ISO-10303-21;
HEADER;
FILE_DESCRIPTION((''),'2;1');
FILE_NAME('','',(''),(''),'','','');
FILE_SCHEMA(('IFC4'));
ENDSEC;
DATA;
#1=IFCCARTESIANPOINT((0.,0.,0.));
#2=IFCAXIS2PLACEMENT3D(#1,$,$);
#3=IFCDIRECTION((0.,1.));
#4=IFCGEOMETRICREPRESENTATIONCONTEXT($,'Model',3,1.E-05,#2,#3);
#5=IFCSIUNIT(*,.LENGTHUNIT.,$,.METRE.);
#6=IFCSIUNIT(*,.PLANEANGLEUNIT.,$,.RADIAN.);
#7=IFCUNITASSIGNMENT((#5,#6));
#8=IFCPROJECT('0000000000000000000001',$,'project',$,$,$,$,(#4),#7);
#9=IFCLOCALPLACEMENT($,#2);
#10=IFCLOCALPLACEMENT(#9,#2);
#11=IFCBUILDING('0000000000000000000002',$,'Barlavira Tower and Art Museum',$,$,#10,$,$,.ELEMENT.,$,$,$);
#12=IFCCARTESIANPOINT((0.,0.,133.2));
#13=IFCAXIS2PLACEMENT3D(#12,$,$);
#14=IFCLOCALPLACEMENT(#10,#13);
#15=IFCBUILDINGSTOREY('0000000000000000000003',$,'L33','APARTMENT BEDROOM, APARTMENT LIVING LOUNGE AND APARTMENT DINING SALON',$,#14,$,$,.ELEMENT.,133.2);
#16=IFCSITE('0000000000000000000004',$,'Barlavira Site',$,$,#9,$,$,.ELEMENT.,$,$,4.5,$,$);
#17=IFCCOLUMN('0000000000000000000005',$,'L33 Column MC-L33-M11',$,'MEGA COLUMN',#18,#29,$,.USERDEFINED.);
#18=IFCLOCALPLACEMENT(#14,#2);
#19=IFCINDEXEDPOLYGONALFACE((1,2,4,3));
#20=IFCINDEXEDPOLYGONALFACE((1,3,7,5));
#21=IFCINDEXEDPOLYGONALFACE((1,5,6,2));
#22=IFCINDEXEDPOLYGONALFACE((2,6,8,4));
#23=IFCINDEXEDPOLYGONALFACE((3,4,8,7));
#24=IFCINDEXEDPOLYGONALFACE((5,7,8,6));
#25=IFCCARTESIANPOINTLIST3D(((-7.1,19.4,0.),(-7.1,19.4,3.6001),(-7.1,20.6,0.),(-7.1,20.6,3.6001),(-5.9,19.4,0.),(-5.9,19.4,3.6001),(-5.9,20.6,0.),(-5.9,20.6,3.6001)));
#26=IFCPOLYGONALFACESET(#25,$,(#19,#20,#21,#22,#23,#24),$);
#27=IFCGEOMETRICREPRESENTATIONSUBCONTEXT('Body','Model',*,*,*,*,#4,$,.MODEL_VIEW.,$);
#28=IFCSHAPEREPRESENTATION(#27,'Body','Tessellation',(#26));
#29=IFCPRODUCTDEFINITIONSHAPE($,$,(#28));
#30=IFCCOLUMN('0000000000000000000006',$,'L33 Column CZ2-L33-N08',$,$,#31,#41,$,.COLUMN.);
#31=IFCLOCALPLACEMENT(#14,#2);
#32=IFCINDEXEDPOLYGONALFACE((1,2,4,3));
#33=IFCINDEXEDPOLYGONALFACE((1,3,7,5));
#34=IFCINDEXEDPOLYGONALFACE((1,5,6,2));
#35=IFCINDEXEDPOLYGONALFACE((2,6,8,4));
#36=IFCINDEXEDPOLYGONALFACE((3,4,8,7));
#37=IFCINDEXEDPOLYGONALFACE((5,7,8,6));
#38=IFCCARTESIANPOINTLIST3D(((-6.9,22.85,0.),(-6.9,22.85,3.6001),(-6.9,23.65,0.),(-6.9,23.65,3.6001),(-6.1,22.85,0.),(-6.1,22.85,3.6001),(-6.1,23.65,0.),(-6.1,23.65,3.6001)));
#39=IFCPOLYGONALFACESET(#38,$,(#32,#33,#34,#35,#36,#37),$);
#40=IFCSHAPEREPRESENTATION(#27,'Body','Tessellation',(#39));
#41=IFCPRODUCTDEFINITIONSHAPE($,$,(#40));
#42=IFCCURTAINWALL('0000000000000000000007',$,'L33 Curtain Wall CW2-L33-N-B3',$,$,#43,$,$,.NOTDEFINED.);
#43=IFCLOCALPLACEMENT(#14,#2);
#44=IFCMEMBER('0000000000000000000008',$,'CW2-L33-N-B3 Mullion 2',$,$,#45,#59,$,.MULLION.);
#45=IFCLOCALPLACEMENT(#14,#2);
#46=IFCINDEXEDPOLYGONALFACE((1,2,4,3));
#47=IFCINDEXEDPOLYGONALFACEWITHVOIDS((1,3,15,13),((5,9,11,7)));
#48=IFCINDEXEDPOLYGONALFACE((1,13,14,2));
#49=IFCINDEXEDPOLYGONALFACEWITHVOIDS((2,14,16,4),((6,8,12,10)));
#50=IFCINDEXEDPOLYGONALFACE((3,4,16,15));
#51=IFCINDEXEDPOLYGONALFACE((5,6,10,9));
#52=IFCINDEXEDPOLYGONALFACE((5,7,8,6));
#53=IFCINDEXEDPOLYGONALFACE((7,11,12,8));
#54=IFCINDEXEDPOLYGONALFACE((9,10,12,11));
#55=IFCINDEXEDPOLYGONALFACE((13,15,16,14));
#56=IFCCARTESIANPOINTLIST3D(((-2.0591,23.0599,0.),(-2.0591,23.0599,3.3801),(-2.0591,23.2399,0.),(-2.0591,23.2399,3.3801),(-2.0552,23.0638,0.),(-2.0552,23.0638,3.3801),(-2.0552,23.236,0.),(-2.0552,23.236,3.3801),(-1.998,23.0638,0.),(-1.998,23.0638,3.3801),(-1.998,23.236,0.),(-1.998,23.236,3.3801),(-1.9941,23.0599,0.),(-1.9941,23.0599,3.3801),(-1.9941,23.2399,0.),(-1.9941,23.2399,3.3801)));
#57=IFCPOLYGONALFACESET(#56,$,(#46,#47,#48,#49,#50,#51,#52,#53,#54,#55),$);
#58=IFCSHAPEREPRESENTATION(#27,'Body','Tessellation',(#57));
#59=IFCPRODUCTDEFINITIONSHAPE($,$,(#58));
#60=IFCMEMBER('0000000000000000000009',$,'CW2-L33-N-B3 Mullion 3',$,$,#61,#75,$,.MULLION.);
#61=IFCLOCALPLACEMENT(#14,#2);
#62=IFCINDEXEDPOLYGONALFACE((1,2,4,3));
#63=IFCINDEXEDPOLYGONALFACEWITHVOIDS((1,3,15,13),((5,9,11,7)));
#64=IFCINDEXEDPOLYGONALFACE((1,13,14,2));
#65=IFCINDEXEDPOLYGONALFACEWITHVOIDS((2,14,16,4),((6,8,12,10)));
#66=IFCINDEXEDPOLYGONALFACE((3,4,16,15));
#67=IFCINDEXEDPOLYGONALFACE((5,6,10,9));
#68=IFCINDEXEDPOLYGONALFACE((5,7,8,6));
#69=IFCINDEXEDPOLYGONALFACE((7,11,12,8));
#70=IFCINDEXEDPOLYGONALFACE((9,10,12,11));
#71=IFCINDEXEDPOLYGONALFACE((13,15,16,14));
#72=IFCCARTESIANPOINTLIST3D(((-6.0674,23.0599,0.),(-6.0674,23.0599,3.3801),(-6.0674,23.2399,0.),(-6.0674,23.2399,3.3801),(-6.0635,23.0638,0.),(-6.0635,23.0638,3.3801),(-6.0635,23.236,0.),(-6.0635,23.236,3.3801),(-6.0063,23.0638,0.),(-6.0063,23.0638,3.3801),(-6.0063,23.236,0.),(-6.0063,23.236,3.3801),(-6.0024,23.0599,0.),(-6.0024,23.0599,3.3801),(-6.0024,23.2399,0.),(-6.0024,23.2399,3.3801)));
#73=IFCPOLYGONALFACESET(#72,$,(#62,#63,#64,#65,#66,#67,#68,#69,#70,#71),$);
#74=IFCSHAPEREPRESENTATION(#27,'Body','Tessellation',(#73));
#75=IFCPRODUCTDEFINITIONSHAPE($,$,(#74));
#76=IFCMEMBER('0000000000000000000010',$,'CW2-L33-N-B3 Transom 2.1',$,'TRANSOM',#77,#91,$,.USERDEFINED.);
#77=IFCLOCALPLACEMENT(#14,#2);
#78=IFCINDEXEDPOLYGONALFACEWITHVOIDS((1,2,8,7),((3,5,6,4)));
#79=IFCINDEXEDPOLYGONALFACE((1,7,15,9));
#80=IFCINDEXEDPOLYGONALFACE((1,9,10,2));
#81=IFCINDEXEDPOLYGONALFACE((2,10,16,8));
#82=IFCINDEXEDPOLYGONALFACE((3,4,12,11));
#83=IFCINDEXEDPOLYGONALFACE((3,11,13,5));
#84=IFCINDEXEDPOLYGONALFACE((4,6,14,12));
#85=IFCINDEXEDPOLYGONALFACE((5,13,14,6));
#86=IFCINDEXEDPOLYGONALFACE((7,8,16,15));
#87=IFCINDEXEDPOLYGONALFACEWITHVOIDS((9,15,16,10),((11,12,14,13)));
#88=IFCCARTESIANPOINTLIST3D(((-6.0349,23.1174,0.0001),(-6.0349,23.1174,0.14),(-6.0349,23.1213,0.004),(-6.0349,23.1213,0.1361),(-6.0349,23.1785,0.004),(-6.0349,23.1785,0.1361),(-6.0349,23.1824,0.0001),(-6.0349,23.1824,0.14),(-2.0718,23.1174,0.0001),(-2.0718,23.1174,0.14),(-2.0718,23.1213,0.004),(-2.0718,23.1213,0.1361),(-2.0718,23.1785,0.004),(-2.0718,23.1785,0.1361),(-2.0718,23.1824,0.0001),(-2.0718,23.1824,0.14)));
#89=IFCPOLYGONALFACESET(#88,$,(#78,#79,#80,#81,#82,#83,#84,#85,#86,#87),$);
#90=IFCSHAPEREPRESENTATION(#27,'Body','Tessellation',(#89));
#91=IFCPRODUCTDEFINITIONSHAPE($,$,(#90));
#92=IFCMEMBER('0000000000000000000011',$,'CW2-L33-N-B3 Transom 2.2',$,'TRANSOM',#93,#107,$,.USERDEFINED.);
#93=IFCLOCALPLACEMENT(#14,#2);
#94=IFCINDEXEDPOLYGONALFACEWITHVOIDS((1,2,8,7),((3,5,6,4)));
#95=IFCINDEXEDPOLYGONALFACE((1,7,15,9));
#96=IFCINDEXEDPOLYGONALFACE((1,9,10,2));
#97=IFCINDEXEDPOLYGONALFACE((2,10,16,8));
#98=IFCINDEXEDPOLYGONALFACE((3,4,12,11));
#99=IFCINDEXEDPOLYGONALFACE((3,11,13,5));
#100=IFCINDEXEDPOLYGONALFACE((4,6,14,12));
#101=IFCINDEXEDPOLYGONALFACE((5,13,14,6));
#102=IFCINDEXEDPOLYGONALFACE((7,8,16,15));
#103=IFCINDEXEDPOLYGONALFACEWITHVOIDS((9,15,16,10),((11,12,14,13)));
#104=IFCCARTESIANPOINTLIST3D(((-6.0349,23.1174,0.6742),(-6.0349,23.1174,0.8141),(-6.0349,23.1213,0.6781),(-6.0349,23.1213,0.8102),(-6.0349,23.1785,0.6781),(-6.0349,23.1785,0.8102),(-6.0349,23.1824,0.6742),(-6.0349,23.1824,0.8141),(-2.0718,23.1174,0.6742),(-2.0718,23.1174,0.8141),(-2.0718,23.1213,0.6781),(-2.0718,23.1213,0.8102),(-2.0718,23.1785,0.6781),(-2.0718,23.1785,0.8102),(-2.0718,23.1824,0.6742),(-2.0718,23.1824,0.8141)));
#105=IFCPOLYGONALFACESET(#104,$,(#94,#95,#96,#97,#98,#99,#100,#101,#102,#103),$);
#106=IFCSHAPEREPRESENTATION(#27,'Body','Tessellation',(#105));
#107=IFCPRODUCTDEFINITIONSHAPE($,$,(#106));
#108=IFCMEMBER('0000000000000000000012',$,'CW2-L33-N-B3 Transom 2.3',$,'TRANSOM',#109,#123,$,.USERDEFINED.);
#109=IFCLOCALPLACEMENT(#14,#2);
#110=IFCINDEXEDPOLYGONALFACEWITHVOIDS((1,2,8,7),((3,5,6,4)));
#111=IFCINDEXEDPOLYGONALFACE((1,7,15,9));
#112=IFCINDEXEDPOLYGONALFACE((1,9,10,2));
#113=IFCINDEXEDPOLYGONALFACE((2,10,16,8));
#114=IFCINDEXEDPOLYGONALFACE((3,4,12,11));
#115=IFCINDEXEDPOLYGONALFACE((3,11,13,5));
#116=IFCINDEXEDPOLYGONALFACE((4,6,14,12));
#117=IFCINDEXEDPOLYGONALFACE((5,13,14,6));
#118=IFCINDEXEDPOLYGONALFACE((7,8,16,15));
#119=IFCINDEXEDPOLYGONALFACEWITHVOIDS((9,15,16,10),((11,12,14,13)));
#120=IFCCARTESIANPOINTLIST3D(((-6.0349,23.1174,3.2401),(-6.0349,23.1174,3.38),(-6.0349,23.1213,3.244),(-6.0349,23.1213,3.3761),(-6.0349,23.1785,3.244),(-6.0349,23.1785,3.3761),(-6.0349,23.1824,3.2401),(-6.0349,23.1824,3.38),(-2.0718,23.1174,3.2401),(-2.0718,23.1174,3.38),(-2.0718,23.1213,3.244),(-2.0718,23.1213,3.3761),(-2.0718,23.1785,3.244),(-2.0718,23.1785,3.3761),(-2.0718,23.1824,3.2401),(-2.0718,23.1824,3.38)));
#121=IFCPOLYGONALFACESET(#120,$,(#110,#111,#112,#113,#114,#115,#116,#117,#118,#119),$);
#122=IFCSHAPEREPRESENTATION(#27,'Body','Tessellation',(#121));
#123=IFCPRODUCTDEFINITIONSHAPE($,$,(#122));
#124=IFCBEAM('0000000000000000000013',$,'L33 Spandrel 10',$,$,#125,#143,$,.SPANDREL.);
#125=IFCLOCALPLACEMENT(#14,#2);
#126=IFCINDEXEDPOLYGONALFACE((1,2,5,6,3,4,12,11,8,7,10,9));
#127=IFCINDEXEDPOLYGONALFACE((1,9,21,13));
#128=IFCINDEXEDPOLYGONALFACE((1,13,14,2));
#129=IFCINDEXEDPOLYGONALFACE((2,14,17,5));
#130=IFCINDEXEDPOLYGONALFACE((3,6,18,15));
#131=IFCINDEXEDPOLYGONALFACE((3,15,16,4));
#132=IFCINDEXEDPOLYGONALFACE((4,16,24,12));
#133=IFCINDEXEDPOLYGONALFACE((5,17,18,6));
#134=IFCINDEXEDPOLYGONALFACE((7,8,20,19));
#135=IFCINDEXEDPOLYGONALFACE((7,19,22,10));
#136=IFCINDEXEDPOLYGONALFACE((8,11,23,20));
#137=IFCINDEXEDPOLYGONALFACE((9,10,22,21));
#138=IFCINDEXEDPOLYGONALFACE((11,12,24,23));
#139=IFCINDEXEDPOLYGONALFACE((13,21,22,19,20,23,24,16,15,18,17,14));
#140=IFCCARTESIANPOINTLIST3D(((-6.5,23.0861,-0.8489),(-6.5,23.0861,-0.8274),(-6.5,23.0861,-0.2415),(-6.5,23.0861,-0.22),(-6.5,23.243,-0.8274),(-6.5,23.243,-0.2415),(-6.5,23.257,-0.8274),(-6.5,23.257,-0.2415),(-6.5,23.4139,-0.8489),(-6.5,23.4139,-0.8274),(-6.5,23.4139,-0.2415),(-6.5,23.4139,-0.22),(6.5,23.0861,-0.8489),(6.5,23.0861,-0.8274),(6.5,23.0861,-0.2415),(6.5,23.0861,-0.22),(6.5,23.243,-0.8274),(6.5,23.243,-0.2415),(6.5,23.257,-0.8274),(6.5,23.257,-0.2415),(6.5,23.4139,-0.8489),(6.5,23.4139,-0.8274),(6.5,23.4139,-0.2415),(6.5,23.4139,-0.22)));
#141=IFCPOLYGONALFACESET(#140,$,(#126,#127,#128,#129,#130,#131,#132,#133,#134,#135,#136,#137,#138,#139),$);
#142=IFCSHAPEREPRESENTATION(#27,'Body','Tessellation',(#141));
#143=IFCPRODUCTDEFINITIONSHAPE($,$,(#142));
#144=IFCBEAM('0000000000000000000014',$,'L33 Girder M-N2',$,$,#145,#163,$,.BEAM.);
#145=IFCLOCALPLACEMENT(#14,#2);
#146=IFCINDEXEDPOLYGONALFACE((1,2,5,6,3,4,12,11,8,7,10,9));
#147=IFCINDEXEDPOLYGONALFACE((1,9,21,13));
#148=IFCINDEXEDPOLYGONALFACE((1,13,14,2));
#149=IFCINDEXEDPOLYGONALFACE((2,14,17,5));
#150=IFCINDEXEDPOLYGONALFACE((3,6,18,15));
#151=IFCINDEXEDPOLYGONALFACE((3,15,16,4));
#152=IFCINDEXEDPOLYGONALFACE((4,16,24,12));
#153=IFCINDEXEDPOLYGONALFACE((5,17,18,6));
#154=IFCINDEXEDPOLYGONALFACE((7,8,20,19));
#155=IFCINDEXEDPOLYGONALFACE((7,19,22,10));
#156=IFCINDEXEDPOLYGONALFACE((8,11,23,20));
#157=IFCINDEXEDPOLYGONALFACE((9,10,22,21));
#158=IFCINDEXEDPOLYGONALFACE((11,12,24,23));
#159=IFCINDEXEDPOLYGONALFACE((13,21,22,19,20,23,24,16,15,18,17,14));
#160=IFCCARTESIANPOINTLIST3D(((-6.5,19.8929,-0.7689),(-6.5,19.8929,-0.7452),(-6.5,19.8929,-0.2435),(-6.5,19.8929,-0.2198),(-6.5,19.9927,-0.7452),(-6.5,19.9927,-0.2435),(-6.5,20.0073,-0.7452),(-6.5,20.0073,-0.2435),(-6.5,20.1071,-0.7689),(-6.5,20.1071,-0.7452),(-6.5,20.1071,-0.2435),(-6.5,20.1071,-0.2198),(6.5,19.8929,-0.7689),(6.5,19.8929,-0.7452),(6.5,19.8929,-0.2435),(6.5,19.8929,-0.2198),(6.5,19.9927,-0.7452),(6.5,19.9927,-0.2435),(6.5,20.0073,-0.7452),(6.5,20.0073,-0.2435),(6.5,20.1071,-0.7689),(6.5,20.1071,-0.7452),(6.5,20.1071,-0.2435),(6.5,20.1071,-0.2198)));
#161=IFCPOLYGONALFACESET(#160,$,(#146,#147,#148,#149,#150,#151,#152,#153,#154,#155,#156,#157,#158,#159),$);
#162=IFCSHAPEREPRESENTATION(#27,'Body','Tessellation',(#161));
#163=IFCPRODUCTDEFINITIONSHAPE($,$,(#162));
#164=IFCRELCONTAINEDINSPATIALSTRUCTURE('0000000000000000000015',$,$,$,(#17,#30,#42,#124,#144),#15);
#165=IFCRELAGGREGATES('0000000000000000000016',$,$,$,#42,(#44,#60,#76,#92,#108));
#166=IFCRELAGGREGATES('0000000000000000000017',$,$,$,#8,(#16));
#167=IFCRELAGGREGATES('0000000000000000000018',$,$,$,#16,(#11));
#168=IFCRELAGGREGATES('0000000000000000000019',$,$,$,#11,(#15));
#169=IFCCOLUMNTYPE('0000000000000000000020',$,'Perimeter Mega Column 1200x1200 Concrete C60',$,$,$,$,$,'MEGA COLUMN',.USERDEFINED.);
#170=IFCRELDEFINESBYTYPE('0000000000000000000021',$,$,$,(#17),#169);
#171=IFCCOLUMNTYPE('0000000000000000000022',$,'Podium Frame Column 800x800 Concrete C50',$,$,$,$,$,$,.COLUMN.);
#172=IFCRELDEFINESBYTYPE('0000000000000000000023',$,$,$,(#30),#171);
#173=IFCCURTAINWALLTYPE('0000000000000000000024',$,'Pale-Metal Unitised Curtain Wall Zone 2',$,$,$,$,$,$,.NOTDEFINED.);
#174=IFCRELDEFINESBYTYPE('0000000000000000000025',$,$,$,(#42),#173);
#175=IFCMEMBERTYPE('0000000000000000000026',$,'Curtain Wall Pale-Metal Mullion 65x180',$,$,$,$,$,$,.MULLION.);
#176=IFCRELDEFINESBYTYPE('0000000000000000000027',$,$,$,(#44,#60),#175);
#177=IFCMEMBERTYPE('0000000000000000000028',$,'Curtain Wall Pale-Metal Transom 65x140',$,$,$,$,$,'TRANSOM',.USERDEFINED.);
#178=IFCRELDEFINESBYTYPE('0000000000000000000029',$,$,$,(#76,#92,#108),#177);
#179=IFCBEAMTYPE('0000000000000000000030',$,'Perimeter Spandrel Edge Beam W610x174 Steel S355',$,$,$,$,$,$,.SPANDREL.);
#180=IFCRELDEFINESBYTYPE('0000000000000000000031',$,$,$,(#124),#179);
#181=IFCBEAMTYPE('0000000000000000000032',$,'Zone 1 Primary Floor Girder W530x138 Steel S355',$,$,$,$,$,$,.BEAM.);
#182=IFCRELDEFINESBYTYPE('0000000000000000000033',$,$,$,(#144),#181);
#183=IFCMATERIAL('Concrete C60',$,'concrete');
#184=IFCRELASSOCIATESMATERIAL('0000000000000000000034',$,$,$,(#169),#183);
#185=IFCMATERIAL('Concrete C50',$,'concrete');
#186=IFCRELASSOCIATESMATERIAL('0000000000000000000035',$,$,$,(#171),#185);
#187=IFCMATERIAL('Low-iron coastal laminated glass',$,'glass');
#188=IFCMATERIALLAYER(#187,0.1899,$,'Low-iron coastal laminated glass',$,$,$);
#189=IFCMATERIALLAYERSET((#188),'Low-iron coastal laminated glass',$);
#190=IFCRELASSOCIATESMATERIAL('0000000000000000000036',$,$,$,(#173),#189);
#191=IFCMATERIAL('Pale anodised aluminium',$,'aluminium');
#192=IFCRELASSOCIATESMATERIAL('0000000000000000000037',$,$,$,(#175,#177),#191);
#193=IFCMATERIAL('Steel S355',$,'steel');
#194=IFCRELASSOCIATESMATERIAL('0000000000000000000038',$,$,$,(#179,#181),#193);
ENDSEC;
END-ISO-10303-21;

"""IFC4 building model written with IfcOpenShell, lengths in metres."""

from ifc_helpers import new_model, si_unit, direction, frame, origin, origin_2d, place, context, subcontext, project, spatial, rectangle, hollow_rectangle, i_section, extrude, material, layer, layer_set, material_profile, profile_set, type_object, element, aggregate, save


model = new_model("IFC4")

# Units and contexts
model_context = context("Model", 3, precision=1e-05, world=origin(), true_north=direction((0.0, 1.0)))
body_context = subcontext(model_context, "Body", "Model", "MODEL_VIEW")
ifc_project = project(units=[si_unit("LENGTHUNIT", "METRE"), si_unit("PLANEANGLEUNIT", "RADIAN")], contexts=[model_context])

# Site, building, storey
site_placement = place(None, origin())
site = spatial("IfcSite", under=ifc_project, at=site_placement, Name="Barlavira Site", CompositionType="ELEMENT", RefElevation=4.5)
building_placement = place(site_placement, origin())
building = spatial("IfcBuilding", under=site, at=building_placement, Name="Barlavira Tower and Art Museum", CompositionType="ELEMENT")
storey_placement = place(building_placement, frame((0.0, 0.0, 133.2)))
storey = spatial("IfcBuildingStorey", under=building, at=storey_placement, Name="L33", Description="APARTMENT BEDROOM, APARTMENT LIVING LOUNGE AND APARTMENT DINING SALON", CompositionType="ELEMENT", Elevation=133.2)

# Columns
ifc_material_1 = material(Name="Concrete C60", Category="concrete")
ifc_material_profile_1 = material_profile(ifc_material_1, rectangle(XDim=1.2, YDim=1.2, at=origin_2d()), Name="RC-COL 1200x1200")
ifc_profile_set_1 = profile_set([ifc_material_profile_1], Name="Concrete C60")
column_type_1 = type_object("IfcColumnType", Name="Perimeter Mega Column 1200x1200 Concrete C60", ElementType="MEGA COLUMN", PredefinedType="USERDEFINED", material=ifc_profile_set_1)
column_1_placement = place(storey_placement, frame((-6.5, 20.0, 0.0), z_axis=(0.0, 0.0, 1.0), x_axis=(1.0, 0.0, 0.0)))
element("IfcColumn", 1, at=column_1_placement, inside=storey, type_object=column_type_1, Name="L33 Column MC-L33-M11", ObjectType="MEGA COLUMN", PredefinedType="USERDEFINED", context=body_context, shape_type="SweptSolid", body=[
    extrude(rectangle(XDim=1.2, YDim=1.2, at=origin_2d()), origin(), (0.0, 0.0, 1.0), 3.6001),
])
ifc_material_2 = material(Name="Concrete C50", Category="concrete")
ifc_material_profile_2 = material_profile(ifc_material_2, rectangle(XDim=0.8, YDim=0.8, at=origin_2d()), Name="RC-COL 800x800")
ifc_profile_set_2 = profile_set([ifc_material_profile_2], Name="Concrete C50")
column_type_2 = type_object("IfcColumnType", Name="Podium Frame Column 800x800 Concrete C50", PredefinedType="COLUMN", material=ifc_profile_set_2)
column_2_placement = place(storey_placement, frame((-6.5, 23.25, 0.0), z_axis=(0.0, 0.0, 1.0), x_axis=(1.0, 0.0, 0.0)))
element("IfcColumn", 2, at=column_2_placement, inside=storey, type_object=column_type_2, Name="L33 Column CZ2-L33-N08", PredefinedType="COLUMN", context=body_context, shape_type="SweptSolid", body=[
    extrude(rectangle(XDim=0.8, YDim=0.8, at=origin_2d()), origin(), (0.0, 0.0, 1.0), 3.6001),
])

# Curtain wall, members
ifc_material_3 = material(Name="Low-iron coastal laminated glass", Category="glass")
ifc_layer_1 = layer(ifc_material_3, 0.1899, Name="Low-iron coastal laminated glass")
ifc_layer_set_1 = layer_set([ifc_layer_1], Name="Low-iron coastal laminated glass")
curtain_wall_type = type_object("IfcCurtainWallType", Name="Pale-Metal Unitised Curtain Wall Zone 2", PredefinedType="NOTDEFINED", material=ifc_layer_set_1)
curtain_wall_placement = place(storey_placement, origin())
curtain_wall = element("IfcCurtainWall", 3, at=curtain_wall_placement, inside=storey, type_object=curtain_wall_type, Name="L33 Curtain Wall CW2-L33-N-B3", PredefinedType="NOTDEFINED")
ifc_material_4 = material(Name="Pale anodised aluminium", Category="aluminium")
ifc_material_profile_3 = material_profile(ifc_material_4, hollow_rectangle(XDim=0.0649, YDim=0.1799, WallThickness=0.0039, at=origin_2d()), Name="ALU-MULL 65x180x4")
ifc_profile_set_3 = profile_set([ifc_material_profile_3], Name="Pale anodised aluminium")
member_type_1 = type_object("IfcMemberType", Name="Curtain Wall Pale-Metal Mullion 65x180", PredefinedType="MULLION", material=ifc_profile_set_3)
member_1_placement = place(storey_placement, frame((-2.0266, 23.1499, 0.0), z_axis=(0.0, 0.0, 1.0), x_axis=(-1.0, 0.0, 0.0)))
member_1 = element("IfcMember", 4, at=member_1_placement, type_object=member_type_1, Name="CW2-L33-N-B3 Mullion 2", PredefinedType="MULLION", context=body_context, shape_type="SweptSolid", body=[
    extrude(hollow_rectangle(XDim=0.0649, YDim=0.1799, WallThickness=0.0039, at=origin_2d()), origin(), (0.0, 0.0, 1.0), 3.3801),
])
member_2_placement = place(storey_placement, frame((-6.0349, 23.1499, 0.0), z_axis=(0.0, 0.0, 1.0), x_axis=(-1.0, 0.0, 0.0)))
member_2 = element("IfcMember", 5, at=member_2_placement, type_object=member_type_1, Name="CW2-L33-N-B3 Mullion 3", PredefinedType="MULLION", context=body_context, shape_type="SweptSolid", body=[
    extrude(hollow_rectangle(XDim=0.0649, YDim=0.1799, WallThickness=0.0039, at=origin_2d()), origin(), (0.0, 0.0, 1.0), 3.3801),
])
ifc_material_profile_4 = material_profile(ifc_material_4, hollow_rectangle(XDim=0.0649, YDim=0.1399, WallThickness=0.0039, at=origin_2d()), Name="ALU-TRAN 65x140x4")
ifc_profile_set_4 = profile_set([ifc_material_profile_4], Name="Pale anodised aluminium")
member_type_2 = type_object("IfcMemberType", Name="Curtain Wall Pale-Metal Transom 65x140", ElementType="TRANSOM", PredefinedType="USERDEFINED", material=ifc_profile_set_4)
member_3_placement = place(storey_placement, frame((-2.0718, 23.1499, 0.0701), z_axis=(-1.0, 0.0, 0.0), x_axis=(0.0, -1.0, 0.0)))
member_3 = element("IfcMember", 6, at=member_3_placement, type_object=member_type_2, Name="CW2-L33-N-B3 Transom 2.1", ObjectType="TRANSOM", PredefinedType="USERDEFINED", context=body_context, shape_type="SweptSolid", body=[
    extrude(hollow_rectangle(XDim=0.0649, YDim=0.1399, WallThickness=0.0039, at=origin_2d()), origin(), (0.0, 0.0, 1.0), 3.9631),
])
member_4_placement = place(storey_placement, frame((-2.0718, 23.1499, 0.7441), z_axis=(-1.0, 0.0, 0.0), x_axis=(0.0, -1.0, 0.0)))
member_4 = element("IfcMember", 7, at=member_4_placement, type_object=member_type_2, Name="CW2-L33-N-B3 Transom 2.2", ObjectType="TRANSOM", PredefinedType="USERDEFINED", context=body_context, shape_type="SweptSolid", body=[
    extrude(hollow_rectangle(XDim=0.0649, YDim=0.1399, WallThickness=0.0039, at=origin_2d()), origin(), (0.0, 0.0, 1.0), 3.9631),
])
member_5_placement = place(storey_placement, frame((-2.0718, 23.1499, 3.3101), z_axis=(-1.0, 0.0, 0.0), x_axis=(0.0, -1.0, 0.0)))
member_5 = element("IfcMember", 8, at=member_5_placement, type_object=member_type_2, Name="CW2-L33-N-B3 Transom 2.3", ObjectType="TRANSOM", PredefinedType="USERDEFINED", context=body_context, shape_type="SweptSolid", body=[
    extrude(hollow_rectangle(XDim=0.0649, YDim=0.1399, WallThickness=0.0039, at=origin_2d()), origin(), (0.0, 0.0, 1.0), 3.9631),
])

# Beams
ifc_material_5 = material(Name="Steel S355", Category="steel")
ifc_material_profile_5 = material_profile(ifc_material_5, i_section(OverallWidth=0.3279, OverallDepth=0.6289, WebThickness=0.0139, FlangeThickness=0.0215, at=origin_2d()), Name="W610x174.0")
ifc_profile_set_5 = profile_set([ifc_material_profile_5], Name="Steel S355")
beam_type_1 = type_object("IfcBeamType", Name="Perimeter Spandrel Edge Beam W610x174 Steel S355", PredefinedType="SPANDREL", material=ifc_profile_set_5)
beam_1_placement = place(storey_placement, frame((-6.5, 23.25, -0.5344), z_axis=(1.0, 0.0, 0.0), x_axis=(0.0, 1.0, 0.0)))
element("IfcBeam", 9, at=beam_1_placement, inside=storey, type_object=beam_type_1, Name="L33 Spandrel 10", PredefinedType="SPANDREL", context=body_context, shape_type="SweptSolid", body=[
    extrude(i_section(OverallWidth=0.3279, OverallDepth=0.6289, WebThickness=0.0139, FlangeThickness=0.0215, at=origin_2d()), origin(), (0.0, 0.0, 1.0), 13.0),
])
ifc_material_profile_6 = material_profile(ifc_material_5, i_section(OverallWidth=0.2141, OverallDepth=0.5491, WebThickness=0.0146, FlangeThickness=0.0237, at=origin_2d()), Name="W530x138.0")
ifc_profile_set_6 = profile_set([ifc_material_profile_6], Name="Steel S355")
beam_type_2 = type_object("IfcBeamType", Name="Zone 1 Primary Floor Girder W530x138 Steel S355", PredefinedType="BEAM", material=ifc_profile_set_6)
beam_2_placement = place(storey_placement, frame((-6.5, 20.0, -0.4944), z_axis=(1.0, 0.0, 0.0), x_axis=(0.0, 1.0, 0.0)))
element("IfcBeam", 10, at=beam_2_placement, inside=storey, type_object=beam_type_2, Name="L33 Girder M-N2", PredefinedType="BEAM", context=body_context, shape_type="SweptSolid", body=[
    extrude(i_section(OverallWidth=0.2141, OverallDepth=0.5491, WebThickness=0.0146, FlangeThickness=0.0237, at=origin_2d()), origin(), (0.0, 0.0, 1.0), 13.0),
])

aggregate(curtain_wall, [member_1, member_2, member_3, member_4, member_5])

save(model, "model.ifc")
